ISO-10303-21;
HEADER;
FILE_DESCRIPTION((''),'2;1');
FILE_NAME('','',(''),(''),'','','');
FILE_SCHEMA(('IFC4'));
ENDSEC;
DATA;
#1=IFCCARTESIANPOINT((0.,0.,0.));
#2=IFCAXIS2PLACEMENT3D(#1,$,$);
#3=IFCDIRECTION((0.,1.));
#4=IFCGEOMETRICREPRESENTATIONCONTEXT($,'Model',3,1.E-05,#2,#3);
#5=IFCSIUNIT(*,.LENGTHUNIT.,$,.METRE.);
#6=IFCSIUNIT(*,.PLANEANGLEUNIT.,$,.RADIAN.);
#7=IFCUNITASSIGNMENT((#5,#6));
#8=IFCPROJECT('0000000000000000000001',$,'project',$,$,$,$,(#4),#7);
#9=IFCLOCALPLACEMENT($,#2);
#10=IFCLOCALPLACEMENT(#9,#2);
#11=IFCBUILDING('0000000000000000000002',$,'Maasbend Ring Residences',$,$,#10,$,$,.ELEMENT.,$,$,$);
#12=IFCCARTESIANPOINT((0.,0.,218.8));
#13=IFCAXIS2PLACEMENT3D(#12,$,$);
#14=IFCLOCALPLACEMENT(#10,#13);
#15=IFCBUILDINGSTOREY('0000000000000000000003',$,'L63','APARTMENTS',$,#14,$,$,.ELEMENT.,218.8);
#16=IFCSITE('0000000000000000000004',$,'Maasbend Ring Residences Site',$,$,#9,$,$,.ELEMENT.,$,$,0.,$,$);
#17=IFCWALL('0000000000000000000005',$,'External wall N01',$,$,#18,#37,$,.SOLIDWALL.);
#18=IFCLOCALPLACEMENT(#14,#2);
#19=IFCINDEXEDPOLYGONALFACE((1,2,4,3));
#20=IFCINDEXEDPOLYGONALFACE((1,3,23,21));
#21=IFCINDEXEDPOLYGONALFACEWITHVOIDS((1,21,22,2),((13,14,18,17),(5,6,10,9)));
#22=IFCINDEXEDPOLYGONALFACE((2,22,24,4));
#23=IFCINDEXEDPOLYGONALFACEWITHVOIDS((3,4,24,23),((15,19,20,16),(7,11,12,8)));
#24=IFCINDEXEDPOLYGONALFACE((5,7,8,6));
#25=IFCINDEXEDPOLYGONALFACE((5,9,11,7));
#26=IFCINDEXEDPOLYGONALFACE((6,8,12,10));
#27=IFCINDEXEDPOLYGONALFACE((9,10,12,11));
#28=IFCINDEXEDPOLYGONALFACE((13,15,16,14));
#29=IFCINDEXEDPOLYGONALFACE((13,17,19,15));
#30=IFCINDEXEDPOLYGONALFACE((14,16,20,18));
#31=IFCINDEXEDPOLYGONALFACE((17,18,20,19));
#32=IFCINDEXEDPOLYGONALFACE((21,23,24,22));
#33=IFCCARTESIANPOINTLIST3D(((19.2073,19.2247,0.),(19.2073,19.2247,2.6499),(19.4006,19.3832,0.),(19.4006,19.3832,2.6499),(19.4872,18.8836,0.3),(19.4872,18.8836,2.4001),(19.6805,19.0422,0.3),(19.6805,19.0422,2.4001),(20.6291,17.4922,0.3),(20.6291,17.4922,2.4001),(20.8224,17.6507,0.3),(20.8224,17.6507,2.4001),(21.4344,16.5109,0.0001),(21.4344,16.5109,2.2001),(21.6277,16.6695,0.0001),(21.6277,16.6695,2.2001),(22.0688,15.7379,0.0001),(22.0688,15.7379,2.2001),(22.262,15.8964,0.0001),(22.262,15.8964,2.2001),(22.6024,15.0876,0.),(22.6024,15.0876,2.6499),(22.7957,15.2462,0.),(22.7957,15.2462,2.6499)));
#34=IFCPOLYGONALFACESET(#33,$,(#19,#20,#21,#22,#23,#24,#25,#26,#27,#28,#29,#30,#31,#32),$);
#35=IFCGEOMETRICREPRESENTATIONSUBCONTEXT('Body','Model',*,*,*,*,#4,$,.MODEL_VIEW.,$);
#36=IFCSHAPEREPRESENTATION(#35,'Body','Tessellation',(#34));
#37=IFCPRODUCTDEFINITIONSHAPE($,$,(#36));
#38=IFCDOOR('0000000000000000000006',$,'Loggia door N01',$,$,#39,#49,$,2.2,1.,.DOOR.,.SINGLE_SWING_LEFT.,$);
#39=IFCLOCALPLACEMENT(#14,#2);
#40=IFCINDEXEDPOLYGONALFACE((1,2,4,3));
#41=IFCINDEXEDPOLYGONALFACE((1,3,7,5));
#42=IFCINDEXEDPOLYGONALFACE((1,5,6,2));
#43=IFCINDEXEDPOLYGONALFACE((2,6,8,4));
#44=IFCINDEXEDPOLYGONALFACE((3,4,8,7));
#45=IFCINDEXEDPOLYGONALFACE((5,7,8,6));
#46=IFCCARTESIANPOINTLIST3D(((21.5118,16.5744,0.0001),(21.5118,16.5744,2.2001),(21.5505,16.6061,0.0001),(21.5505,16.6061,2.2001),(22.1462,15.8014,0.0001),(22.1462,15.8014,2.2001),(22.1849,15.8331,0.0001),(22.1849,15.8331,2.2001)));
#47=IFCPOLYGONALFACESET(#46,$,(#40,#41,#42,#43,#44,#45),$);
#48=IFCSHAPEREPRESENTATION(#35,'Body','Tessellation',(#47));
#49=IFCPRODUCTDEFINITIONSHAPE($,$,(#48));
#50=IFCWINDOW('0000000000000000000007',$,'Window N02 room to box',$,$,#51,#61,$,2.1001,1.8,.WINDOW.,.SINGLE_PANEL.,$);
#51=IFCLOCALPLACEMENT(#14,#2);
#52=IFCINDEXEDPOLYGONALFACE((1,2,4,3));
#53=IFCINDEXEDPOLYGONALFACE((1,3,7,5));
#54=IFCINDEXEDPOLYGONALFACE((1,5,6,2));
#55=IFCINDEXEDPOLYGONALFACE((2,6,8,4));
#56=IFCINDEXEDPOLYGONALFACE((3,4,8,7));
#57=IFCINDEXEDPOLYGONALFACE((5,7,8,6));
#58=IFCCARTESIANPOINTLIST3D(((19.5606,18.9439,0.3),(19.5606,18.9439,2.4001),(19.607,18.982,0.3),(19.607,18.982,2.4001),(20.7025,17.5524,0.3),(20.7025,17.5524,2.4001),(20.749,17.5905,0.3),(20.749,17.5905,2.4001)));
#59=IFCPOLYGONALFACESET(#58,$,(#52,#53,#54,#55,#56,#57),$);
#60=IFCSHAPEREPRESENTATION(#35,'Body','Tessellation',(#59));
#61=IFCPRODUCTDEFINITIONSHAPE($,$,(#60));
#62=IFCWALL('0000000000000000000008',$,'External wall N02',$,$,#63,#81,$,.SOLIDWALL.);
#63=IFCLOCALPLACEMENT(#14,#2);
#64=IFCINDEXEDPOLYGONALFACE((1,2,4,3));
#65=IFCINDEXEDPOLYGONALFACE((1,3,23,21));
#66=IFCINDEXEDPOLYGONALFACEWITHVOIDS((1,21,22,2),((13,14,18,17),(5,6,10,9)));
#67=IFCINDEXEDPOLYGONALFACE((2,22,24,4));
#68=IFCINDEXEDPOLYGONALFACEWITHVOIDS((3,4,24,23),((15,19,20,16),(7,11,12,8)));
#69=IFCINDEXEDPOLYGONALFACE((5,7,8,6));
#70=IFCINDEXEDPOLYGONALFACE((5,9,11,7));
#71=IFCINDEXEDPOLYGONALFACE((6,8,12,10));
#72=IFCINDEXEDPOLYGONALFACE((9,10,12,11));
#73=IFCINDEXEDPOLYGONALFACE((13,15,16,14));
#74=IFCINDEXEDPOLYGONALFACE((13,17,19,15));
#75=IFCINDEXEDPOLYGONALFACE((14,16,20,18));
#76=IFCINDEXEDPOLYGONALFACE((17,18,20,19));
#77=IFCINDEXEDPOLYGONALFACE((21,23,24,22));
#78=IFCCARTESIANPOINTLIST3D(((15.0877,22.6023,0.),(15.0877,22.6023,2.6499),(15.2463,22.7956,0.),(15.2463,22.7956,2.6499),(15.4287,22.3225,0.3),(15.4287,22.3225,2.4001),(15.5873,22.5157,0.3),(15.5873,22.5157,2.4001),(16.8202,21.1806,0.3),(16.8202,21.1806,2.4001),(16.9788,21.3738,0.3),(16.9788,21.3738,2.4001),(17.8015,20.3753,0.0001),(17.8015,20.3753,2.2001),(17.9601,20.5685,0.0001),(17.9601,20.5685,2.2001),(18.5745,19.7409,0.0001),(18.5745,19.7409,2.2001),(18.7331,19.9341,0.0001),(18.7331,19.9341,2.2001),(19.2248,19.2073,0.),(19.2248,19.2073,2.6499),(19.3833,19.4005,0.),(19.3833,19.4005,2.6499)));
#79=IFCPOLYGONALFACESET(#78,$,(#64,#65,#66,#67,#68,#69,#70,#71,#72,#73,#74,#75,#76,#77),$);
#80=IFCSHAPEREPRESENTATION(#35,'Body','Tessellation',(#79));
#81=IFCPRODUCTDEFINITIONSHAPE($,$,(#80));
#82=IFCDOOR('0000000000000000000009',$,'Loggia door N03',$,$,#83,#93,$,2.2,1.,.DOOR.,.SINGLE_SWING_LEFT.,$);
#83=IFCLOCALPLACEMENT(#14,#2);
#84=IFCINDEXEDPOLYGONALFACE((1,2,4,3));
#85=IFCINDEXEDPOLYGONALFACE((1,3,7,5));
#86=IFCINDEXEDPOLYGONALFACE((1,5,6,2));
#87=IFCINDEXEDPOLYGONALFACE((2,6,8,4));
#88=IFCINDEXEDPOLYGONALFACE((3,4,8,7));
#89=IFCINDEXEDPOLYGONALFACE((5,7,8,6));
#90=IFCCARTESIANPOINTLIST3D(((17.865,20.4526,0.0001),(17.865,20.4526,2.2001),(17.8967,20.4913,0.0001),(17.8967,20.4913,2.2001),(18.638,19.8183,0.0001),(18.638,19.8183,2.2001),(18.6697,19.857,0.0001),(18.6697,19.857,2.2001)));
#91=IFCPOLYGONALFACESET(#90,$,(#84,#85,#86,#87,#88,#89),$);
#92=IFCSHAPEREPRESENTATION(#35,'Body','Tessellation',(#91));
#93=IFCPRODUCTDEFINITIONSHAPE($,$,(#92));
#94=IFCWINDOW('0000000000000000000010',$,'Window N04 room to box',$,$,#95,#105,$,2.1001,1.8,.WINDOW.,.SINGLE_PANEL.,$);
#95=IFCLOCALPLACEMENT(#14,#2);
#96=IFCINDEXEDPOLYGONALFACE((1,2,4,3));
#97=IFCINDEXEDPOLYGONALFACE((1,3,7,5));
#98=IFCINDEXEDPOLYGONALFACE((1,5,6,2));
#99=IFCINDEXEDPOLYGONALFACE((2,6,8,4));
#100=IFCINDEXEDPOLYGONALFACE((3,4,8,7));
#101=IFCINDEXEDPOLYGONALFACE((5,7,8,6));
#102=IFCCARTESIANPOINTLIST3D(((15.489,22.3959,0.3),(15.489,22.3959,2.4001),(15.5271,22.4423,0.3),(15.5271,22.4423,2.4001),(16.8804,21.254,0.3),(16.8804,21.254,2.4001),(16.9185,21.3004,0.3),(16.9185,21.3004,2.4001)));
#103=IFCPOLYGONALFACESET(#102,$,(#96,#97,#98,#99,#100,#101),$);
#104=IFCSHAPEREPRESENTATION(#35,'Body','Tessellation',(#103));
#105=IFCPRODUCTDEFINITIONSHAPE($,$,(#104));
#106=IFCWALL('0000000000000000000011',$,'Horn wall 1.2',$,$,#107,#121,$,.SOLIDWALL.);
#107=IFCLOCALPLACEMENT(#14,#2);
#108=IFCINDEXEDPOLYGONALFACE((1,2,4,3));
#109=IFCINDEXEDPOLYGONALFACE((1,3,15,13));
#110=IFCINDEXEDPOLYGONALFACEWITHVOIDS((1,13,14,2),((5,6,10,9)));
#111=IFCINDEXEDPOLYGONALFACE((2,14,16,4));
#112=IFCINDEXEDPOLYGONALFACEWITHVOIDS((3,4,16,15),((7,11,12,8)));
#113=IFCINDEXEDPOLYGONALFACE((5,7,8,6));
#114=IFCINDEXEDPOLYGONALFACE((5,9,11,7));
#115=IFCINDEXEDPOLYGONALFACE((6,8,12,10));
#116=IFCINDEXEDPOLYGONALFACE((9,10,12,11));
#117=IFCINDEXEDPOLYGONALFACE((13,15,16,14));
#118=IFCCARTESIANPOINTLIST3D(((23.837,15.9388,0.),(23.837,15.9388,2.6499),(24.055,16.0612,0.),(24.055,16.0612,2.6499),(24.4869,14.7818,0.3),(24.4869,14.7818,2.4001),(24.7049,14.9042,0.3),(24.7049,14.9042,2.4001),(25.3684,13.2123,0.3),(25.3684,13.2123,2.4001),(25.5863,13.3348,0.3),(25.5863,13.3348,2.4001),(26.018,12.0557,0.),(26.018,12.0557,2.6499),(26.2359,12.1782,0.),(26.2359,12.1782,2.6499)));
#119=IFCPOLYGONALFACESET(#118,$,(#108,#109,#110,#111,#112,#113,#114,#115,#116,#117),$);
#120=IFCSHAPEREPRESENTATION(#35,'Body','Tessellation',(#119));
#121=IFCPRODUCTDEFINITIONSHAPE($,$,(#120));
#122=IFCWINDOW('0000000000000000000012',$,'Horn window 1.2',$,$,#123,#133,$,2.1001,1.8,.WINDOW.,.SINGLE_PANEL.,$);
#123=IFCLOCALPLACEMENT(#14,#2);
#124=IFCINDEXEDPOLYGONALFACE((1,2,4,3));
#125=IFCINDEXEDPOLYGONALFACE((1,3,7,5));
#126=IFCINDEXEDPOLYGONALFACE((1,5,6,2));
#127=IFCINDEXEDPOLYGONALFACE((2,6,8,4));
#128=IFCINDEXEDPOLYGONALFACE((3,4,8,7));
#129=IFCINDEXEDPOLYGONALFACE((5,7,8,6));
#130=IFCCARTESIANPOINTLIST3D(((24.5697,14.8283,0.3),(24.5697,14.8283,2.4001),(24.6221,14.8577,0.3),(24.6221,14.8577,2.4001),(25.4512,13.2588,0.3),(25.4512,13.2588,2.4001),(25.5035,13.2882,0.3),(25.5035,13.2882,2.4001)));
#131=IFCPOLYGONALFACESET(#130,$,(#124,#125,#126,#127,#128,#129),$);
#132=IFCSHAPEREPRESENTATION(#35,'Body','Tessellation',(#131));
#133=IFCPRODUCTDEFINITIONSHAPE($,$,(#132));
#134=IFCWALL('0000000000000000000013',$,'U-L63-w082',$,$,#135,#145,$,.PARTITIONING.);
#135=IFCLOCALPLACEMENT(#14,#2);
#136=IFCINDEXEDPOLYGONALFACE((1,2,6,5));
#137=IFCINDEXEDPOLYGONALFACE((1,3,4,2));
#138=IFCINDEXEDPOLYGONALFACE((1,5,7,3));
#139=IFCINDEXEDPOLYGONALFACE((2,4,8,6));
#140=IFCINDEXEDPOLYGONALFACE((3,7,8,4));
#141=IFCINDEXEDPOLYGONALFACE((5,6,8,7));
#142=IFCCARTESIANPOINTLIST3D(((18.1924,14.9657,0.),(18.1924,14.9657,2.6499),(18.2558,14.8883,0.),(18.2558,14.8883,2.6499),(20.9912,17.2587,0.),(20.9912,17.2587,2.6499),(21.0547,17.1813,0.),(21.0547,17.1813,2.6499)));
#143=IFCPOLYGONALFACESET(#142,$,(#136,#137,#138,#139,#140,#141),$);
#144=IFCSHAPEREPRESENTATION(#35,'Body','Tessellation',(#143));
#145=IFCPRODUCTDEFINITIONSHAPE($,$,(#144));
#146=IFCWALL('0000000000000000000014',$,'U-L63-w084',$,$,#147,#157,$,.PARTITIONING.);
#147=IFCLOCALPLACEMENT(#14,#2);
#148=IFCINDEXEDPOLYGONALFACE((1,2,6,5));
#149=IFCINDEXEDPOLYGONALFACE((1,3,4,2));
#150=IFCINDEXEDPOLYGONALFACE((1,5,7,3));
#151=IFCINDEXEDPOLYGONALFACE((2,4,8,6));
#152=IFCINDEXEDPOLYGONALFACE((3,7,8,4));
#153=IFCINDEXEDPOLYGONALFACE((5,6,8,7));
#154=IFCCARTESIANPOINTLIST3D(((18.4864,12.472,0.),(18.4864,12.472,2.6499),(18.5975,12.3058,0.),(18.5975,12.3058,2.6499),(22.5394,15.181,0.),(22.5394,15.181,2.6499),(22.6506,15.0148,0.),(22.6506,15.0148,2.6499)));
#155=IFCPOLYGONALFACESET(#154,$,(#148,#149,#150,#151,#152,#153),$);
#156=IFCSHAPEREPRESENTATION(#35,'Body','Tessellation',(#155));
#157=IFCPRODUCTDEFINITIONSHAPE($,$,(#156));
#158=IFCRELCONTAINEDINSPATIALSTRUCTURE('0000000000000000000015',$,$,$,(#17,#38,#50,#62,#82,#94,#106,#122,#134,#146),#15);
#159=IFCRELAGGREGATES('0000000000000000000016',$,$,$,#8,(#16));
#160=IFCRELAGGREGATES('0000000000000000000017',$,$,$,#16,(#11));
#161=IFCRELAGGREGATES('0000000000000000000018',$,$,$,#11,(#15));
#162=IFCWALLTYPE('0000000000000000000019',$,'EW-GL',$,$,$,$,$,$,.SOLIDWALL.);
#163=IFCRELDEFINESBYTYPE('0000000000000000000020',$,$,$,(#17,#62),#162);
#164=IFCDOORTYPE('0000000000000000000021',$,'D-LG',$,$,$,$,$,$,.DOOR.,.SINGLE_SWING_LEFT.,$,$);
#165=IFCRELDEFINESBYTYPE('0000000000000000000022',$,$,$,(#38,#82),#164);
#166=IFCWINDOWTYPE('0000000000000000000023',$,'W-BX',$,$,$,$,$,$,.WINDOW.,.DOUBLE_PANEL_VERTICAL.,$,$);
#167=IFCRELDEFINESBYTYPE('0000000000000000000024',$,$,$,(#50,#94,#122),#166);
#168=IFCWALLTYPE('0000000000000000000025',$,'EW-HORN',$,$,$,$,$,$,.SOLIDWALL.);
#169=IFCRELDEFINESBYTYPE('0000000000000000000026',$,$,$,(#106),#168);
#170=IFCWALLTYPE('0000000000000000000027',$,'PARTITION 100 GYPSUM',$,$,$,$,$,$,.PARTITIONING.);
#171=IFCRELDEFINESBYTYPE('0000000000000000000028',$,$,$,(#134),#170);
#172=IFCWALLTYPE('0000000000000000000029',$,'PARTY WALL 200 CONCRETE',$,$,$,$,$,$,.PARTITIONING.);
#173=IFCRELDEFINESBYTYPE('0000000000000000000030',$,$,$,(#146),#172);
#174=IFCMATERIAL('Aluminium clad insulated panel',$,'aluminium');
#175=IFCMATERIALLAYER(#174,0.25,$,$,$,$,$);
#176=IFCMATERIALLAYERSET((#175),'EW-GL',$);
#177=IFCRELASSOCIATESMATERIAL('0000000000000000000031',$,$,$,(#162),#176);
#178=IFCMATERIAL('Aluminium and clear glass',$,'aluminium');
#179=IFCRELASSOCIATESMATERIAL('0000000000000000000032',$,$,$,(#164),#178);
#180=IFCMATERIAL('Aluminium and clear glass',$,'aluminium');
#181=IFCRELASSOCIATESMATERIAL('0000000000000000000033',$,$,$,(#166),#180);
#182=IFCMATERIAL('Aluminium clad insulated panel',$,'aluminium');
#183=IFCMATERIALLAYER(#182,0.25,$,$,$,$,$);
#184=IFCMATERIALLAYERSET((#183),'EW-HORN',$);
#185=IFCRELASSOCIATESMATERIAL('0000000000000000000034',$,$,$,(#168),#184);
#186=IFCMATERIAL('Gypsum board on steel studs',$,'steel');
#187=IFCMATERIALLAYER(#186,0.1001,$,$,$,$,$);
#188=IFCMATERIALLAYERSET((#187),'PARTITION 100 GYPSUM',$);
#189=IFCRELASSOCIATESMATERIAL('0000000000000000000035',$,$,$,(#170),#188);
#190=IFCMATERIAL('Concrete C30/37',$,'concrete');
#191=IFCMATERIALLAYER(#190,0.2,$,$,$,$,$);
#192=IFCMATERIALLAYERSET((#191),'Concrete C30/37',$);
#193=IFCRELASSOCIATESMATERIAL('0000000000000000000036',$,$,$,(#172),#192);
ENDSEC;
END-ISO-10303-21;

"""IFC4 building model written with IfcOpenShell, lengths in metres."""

from ifc_helpers import new_model, si_unit, direction, frame, frame_2d, origin, place, context, subcontext, project, spatial, rectangle, extrude, material, layer, layer_set, type_object, element, fill, save


model = new_model("IFC4")

# Units and contexts
model_context = context("Model", 3, precision=1e-05, world=origin(), true_north=direction((0.0, 1.0)))
body_context = subcontext(model_context, "Body", "Model", "MODEL_VIEW")
ifc_project = project(units=[si_unit("LENGTHUNIT", "METRE"), si_unit("PLANEANGLEUNIT", "RADIAN")], contexts=[model_context])

# Site, building, storey
site_placement = place(None, origin())
site = spatial("IfcSite", under=ifc_project, at=site_placement, Name="Maasbend Ring Residences Site", CompositionType="ELEMENT", RefElevation=0.0)
building_placement = place(site_placement, origin())
building = spatial("IfcBuilding", under=site, at=building_placement, Name="Maasbend Ring Residences", CompositionType="ELEMENT")
storey_placement = place(building_placement, frame((0.0, 0.0, 218.8)))
storey = spatial("IfcBuildingStorey", under=building, at=storey_placement, Name="L63", Description="APARTMENTS", CompositionType="ELEMENT", Elevation=218.8)

# Walls, openings, doors, windows
ifc_material_1 = material(Name="Aluminium clad insulated panel", Category="aluminium")
ifc_layer_1 = layer(ifc_material_1, 0.25)
ifc_layer_set_1 = layer_set([ifc_layer_1], Name="EW-GL")
wall_type_1 = type_object("IfcWallType", Name="EW-GL", PredefinedType="SOLIDWALL", material=ifc_layer_set_1)
wall_1_placement = place(storey_placement, frame((22.699, 15.167, 0.0), z_axis=(0.0, 0.0, 1.0), x_axis=(-0.634382, 0.773019, 0.0)))
wall_1 = element("IfcWall", 1, at=wall_1_placement, inside=storey, type_object=wall_type_1, Name="External wall N01", PredefinedType="SOLIDWALL", context=body_context, shape_type="SweptSolid", body=[
    extrude(rectangle(XDim=5.3518, YDim=0.25, at=frame_2d((2.6758, 0.0))), origin(), (0.0, 0.0, 1.0), 2.6499),
])
opening_1_placement = place(wall_1_placement, frame((0.8411, 0.0, 0.0)))
opening_1 = element("IfcOpeningElement", 2, at=opening_1_placement, cuts=wall_1, PredefinedType="OPENING", context=body_context, shape_type="SweptSolid", body=[
    extrude(rectangle(XDim=1.0, YDim=2.2, at=frame_2d((0.5, 1.1001))), frame((0.0, 0.135, 0.0), z_axis=(0.0, -1.0, 0.0), x_axis=(1.0, 0.0, 0.0)), (0.0, 0.0, 1.0), 0.27),
])
opening_2_placement = place(wall_1_placement, frame((3.1106, 0.0, 0.3)))
opening_2 = element("IfcOpeningElement", 3, at=opening_2_placement, cuts=wall_1, PredefinedType="OPENING", context=body_context, shape_type="SweptSolid", body=[
    extrude(rectangle(XDim=1.8, YDim=2.1001, at=frame_2d((0.8999, 1.05))), frame((0.0, 0.135, 0.0), z_axis=(0.0, -1.0, 0.0), x_axis=(1.0, 0.0, 0.0)), (0.0, 0.0, 1.0), 0.27),
])
ifc_material_2 = material(Name="Aluminium and clear glass", Category="aluminium")
door_type = type_object("IfcDoorType", Name="D-LG", OperationType="SINGLE_SWING_LEFT", PredefinedType="DOOR", material=ifc_material_2)
door_1_placement = place(opening_1_placement, origin())
door_1 = element("IfcDoor", 4, at=door_1_placement, inside=storey, type_object=door_type, Name="Loggia door N01", OperationType="SINGLE_SWING_LEFT", OverallHeight=2.2, OverallWidth=1.0, PredefinedType="DOOR", context=body_context, shape_type="SweptSolid", body=[
    extrude(rectangle(XDim=1.0, YDim=2.2, at=frame_2d((0.5, 1.1001))), frame((0.0, 0.0249, 0.0), z_axis=(0.0, -1.0, 0.0), x_axis=(1.0, 0.0, 0.0)), (0.0, 0.0, 1.0), 0.05),
])
fill(opening_1, door_1)
ifc_material_3 = material(Name="Aluminium and clear glass", Category="aluminium")
window_type_1 = type_object("IfcWindowType", Name="W-BX", PartitioningType="DOUBLE_PANEL_VERTICAL", PredefinedType="WINDOW", material=ifc_material_3)
window_1_placement = place(opening_2_placement, origin())
window_1 = element("IfcWindow", 5, at=window_1_placement, inside=storey, type_object=window_type_1, Name="Window N02 room to box", OverallHeight=2.1001, OverallWidth=1.8, PartitioningType="SINGLE_PANEL", PredefinedType="WINDOW", context=body_context, shape_type="SweptSolid", body=[
    extrude(rectangle(XDim=1.8, YDim=2.1001, at=frame_2d((0.8999, 1.05))), frame((0.0, 0.03, 0.0), z_axis=(0.0, -1.0, 0.0), x_axis=(1.0, 0.0, 0.0)), (0.0, 0.0, 1.0), 0.0601),
])
fill(opening_2, window_1)
wall_2_placement = place(storey_placement, frame((19.304, 19.304, 0.0), z_axis=(0.0, 0.0, 1.0), x_axis=(-0.773019, 0.634382, 0.0)))
wall_2 = element("IfcWall", 6, at=wall_2_placement, inside=storey, type_object=wall_type_1, Name="External wall N02", PredefinedType="SOLIDWALL", context=body_context, shape_type="SweptSolid", body=[
    extrude(rectangle(XDim=5.3518, YDim=0.25, at=frame_2d((2.6758, 0.0))), origin(), (0.0, 0.0, 1.0), 2.6499),
])
opening_3_placement = place(wall_2_placement, frame((0.8411, 0.0, 0.0)))
opening_3 = element("IfcOpeningElement", 7, at=opening_3_placement, cuts=wall_2, PredefinedType="OPENING", context=body_context, shape_type="SweptSolid", body=[
    extrude(rectangle(XDim=1.0, YDim=2.2, at=frame_2d((0.5, 1.1001))), frame((0.0, 0.135, 0.0), z_axis=(0.0, -1.0, 0.0), x_axis=(1.0, 0.0, 0.0)), (0.0, 0.0, 1.0), 0.27),
])
opening_4_placement = place(wall_2_placement, frame((3.1106, 0.0, 0.3)))
opening_4 = element("IfcOpeningElement", 8, at=opening_4_placement, cuts=wall_2, PredefinedType="OPENING", context=body_context, shape_type="SweptSolid", body=[
    extrude(rectangle(XDim=1.8, YDim=2.1001, at=frame_2d((0.8999, 1.05))), frame((0.0, 0.135, 0.0), z_axis=(0.0, -1.0, 0.0), x_axis=(1.0, 0.0, 0.0)), (0.0, 0.0, 1.0), 0.27),
])
door_2_placement = place(opening_3_placement, origin())
door_2 = element("IfcDoor", 9, at=door_2_placement, inside=storey, type_object=door_type, Name="Loggia door N03", OperationType="SINGLE_SWING_LEFT", OverallHeight=2.2, OverallWidth=1.0, PredefinedType="DOOR", context=body_context, shape_type="SweptSolid", body=[
    extrude(rectangle(XDim=1.0, YDim=2.2, at=frame_2d((0.5, 1.1001))), frame((0.0, 0.0249, 0.0), z_axis=(0.0, -1.0, 0.0), x_axis=(1.0, 0.0, 0.0)), (0.0, 0.0, 1.0), 0.05),
])
fill(opening_3, door_2)
window_2_placement = place(opening_4_placement, origin())
window_2 = element("IfcWindow", 10, at=window_2_placement, inside=storey, type_object=window_type_1, Name="Window N04 room to box", OverallHeight=2.1001, OverallWidth=1.8, PartitioningType="SINGLE_PANEL", PredefinedType="WINDOW", context=body_context, shape_type="SweptSolid", body=[
    extrude(rectangle(XDim=1.8, YDim=2.1001, at=frame_2d((0.8999, 1.05))), frame((0.0, 0.03, 0.0), z_axis=(0.0, -1.0, 0.0), x_axis=(1.0, 0.0, 0.0)), (0.0, 0.0, 1.0), 0.0601),
])
fill(opening_4, window_2)

# Wall, opening, window
ifc_material_4 = material(Name="Aluminium clad insulated panel", Category="aluminium")
ifc_layer_2 = layer(ifc_material_4, 0.25)
ifc_layer_set_2 = layer_set([ifc_layer_2], Name="EW-HORN")
wall_type_2 = type_object("IfcWallType", Name="EW-HORN", PredefinedType="SOLIDWALL", material=ifc_layer_set_2)
wall_3_placement = place(storey_placement, frame((26.127, 12.1169, 0.0), z_axis=(0.0, 0.0, 1.0), x_axis=(-0.489696, 0.871893, 0.0)))
wall_3 = element("IfcWall", 11, at=wall_3_placement, inside=storey, type_object=wall_type_2, Name="Horn wall 1.2", PredefinedType="SOLIDWALL", context=body_context, shape_type="SweptSolid", body=[
    extrude(rectangle(XDim=4.4536, YDim=0.25, at=frame_2d((2.2268, 0.0))), origin(), (0.0, 0.0, 1.0), 2.6499),
])
opening_5_placement = place(wall_3_placement, frame((1.3267, 0.0, 0.3)))
opening_5 = element("IfcOpeningElement", 12, at=opening_5_placement, cuts=wall_3, PredefinedType="OPENING", context=body_context, shape_type="SweptSolid", body=[
    extrude(rectangle(XDim=1.8, YDim=2.1001, at=frame_2d((0.8999, 1.05))), frame((0.0, 0.135, 0.0), z_axis=(0.0, -1.0, 0.0), x_axis=(1.0, 0.0, 0.0)), (0.0, 0.0, 1.0), 0.27),
])
window_3_placement = place(opening_5_placement, origin())
window_3 = element("IfcWindow", 13, at=window_3_placement, inside=storey, type_object=window_type_1, Name="Horn window 1.2", OverallHeight=2.1001, OverallWidth=1.8, PartitioningType="SINGLE_PANEL", PredefinedType="WINDOW", context=body_context, shape_type="SweptSolid", body=[
    extrude(rectangle(XDim=1.8, YDim=2.1001, at=frame_2d((0.8999, 1.05))), frame((0.0, 0.03, 0.0), z_axis=(0.0, -1.0, 0.0), x_axis=(1.0, 0.0, 0.0)), (0.0, 0.0, 1.0), 0.0601),
])
fill(opening_5, window_3)

# Walls
ifc_material_5 = material(Name="Gypsum board on steel studs", Category="steel")
ifc_layer_3 = layer(ifc_material_5, 0.1001)
ifc_layer_set_3 = layer_set([ifc_layer_3], Name="PARTITION 100 GYPSUM")
wall_type_3 = type_object("IfcWallType", Name="PARTITION 100 GYPSUM", PredefinedType="PARTITIONING", material=ifc_layer_set_3)
wall_4_placement = place(storey_placement, frame((18.2241, 14.927, 0.0), z_axis=(0.0, 0.0, 1.0), x_axis=(0.773548, 0.633737, 0.0)))
element("IfcWall", 14, at=wall_4_placement, inside=storey, type_object=wall_type_3, Name="U-L63-w082", PredefinedType="PARTITIONING", context=body_context, shape_type="SweptSolid", body=[
    extrude(rectangle(XDim=3.6182, YDim=0.1001, at=frame_2d((1.8091, 0.0))), origin(), (0.0, 0.0, 1.0), 2.6499),
])
ifc_material_6 = material(Name="Concrete C30/37", Category="concrete")
ifc_layer_4 = layer(ifc_material_6, 0.2)
ifc_layer_set_4 = layer_set([ifc_layer_4], Name="Concrete C30/37")
wall_type_4 = type_object("IfcWallType", Name="PARTY WALL 200 CONCRETE", PredefinedType="PARTITIONING", material=ifc_layer_set_4)
wall_5_placement = place(storey_placement, frame((18.542, 12.3889, 0.0), z_axis=(0.0, 0.0, 1.0), x_axis=(0.831387, 0.555694, 0.0)))
element("IfcWall", 15, at=wall_5_placement, inside=storey, type_object=wall_type_4, Name="U-L63-w084", PredefinedType="PARTITIONING", context=body_context, shape_type="SweptSolid", body=[
    extrude(rectangle(XDim=4.875, YDim=0.2, at=frame_2d((2.4375, 0.0))), origin(), (0.0, 0.0, 1.0), 2.6499),
])

save(model, "model.ifc")
